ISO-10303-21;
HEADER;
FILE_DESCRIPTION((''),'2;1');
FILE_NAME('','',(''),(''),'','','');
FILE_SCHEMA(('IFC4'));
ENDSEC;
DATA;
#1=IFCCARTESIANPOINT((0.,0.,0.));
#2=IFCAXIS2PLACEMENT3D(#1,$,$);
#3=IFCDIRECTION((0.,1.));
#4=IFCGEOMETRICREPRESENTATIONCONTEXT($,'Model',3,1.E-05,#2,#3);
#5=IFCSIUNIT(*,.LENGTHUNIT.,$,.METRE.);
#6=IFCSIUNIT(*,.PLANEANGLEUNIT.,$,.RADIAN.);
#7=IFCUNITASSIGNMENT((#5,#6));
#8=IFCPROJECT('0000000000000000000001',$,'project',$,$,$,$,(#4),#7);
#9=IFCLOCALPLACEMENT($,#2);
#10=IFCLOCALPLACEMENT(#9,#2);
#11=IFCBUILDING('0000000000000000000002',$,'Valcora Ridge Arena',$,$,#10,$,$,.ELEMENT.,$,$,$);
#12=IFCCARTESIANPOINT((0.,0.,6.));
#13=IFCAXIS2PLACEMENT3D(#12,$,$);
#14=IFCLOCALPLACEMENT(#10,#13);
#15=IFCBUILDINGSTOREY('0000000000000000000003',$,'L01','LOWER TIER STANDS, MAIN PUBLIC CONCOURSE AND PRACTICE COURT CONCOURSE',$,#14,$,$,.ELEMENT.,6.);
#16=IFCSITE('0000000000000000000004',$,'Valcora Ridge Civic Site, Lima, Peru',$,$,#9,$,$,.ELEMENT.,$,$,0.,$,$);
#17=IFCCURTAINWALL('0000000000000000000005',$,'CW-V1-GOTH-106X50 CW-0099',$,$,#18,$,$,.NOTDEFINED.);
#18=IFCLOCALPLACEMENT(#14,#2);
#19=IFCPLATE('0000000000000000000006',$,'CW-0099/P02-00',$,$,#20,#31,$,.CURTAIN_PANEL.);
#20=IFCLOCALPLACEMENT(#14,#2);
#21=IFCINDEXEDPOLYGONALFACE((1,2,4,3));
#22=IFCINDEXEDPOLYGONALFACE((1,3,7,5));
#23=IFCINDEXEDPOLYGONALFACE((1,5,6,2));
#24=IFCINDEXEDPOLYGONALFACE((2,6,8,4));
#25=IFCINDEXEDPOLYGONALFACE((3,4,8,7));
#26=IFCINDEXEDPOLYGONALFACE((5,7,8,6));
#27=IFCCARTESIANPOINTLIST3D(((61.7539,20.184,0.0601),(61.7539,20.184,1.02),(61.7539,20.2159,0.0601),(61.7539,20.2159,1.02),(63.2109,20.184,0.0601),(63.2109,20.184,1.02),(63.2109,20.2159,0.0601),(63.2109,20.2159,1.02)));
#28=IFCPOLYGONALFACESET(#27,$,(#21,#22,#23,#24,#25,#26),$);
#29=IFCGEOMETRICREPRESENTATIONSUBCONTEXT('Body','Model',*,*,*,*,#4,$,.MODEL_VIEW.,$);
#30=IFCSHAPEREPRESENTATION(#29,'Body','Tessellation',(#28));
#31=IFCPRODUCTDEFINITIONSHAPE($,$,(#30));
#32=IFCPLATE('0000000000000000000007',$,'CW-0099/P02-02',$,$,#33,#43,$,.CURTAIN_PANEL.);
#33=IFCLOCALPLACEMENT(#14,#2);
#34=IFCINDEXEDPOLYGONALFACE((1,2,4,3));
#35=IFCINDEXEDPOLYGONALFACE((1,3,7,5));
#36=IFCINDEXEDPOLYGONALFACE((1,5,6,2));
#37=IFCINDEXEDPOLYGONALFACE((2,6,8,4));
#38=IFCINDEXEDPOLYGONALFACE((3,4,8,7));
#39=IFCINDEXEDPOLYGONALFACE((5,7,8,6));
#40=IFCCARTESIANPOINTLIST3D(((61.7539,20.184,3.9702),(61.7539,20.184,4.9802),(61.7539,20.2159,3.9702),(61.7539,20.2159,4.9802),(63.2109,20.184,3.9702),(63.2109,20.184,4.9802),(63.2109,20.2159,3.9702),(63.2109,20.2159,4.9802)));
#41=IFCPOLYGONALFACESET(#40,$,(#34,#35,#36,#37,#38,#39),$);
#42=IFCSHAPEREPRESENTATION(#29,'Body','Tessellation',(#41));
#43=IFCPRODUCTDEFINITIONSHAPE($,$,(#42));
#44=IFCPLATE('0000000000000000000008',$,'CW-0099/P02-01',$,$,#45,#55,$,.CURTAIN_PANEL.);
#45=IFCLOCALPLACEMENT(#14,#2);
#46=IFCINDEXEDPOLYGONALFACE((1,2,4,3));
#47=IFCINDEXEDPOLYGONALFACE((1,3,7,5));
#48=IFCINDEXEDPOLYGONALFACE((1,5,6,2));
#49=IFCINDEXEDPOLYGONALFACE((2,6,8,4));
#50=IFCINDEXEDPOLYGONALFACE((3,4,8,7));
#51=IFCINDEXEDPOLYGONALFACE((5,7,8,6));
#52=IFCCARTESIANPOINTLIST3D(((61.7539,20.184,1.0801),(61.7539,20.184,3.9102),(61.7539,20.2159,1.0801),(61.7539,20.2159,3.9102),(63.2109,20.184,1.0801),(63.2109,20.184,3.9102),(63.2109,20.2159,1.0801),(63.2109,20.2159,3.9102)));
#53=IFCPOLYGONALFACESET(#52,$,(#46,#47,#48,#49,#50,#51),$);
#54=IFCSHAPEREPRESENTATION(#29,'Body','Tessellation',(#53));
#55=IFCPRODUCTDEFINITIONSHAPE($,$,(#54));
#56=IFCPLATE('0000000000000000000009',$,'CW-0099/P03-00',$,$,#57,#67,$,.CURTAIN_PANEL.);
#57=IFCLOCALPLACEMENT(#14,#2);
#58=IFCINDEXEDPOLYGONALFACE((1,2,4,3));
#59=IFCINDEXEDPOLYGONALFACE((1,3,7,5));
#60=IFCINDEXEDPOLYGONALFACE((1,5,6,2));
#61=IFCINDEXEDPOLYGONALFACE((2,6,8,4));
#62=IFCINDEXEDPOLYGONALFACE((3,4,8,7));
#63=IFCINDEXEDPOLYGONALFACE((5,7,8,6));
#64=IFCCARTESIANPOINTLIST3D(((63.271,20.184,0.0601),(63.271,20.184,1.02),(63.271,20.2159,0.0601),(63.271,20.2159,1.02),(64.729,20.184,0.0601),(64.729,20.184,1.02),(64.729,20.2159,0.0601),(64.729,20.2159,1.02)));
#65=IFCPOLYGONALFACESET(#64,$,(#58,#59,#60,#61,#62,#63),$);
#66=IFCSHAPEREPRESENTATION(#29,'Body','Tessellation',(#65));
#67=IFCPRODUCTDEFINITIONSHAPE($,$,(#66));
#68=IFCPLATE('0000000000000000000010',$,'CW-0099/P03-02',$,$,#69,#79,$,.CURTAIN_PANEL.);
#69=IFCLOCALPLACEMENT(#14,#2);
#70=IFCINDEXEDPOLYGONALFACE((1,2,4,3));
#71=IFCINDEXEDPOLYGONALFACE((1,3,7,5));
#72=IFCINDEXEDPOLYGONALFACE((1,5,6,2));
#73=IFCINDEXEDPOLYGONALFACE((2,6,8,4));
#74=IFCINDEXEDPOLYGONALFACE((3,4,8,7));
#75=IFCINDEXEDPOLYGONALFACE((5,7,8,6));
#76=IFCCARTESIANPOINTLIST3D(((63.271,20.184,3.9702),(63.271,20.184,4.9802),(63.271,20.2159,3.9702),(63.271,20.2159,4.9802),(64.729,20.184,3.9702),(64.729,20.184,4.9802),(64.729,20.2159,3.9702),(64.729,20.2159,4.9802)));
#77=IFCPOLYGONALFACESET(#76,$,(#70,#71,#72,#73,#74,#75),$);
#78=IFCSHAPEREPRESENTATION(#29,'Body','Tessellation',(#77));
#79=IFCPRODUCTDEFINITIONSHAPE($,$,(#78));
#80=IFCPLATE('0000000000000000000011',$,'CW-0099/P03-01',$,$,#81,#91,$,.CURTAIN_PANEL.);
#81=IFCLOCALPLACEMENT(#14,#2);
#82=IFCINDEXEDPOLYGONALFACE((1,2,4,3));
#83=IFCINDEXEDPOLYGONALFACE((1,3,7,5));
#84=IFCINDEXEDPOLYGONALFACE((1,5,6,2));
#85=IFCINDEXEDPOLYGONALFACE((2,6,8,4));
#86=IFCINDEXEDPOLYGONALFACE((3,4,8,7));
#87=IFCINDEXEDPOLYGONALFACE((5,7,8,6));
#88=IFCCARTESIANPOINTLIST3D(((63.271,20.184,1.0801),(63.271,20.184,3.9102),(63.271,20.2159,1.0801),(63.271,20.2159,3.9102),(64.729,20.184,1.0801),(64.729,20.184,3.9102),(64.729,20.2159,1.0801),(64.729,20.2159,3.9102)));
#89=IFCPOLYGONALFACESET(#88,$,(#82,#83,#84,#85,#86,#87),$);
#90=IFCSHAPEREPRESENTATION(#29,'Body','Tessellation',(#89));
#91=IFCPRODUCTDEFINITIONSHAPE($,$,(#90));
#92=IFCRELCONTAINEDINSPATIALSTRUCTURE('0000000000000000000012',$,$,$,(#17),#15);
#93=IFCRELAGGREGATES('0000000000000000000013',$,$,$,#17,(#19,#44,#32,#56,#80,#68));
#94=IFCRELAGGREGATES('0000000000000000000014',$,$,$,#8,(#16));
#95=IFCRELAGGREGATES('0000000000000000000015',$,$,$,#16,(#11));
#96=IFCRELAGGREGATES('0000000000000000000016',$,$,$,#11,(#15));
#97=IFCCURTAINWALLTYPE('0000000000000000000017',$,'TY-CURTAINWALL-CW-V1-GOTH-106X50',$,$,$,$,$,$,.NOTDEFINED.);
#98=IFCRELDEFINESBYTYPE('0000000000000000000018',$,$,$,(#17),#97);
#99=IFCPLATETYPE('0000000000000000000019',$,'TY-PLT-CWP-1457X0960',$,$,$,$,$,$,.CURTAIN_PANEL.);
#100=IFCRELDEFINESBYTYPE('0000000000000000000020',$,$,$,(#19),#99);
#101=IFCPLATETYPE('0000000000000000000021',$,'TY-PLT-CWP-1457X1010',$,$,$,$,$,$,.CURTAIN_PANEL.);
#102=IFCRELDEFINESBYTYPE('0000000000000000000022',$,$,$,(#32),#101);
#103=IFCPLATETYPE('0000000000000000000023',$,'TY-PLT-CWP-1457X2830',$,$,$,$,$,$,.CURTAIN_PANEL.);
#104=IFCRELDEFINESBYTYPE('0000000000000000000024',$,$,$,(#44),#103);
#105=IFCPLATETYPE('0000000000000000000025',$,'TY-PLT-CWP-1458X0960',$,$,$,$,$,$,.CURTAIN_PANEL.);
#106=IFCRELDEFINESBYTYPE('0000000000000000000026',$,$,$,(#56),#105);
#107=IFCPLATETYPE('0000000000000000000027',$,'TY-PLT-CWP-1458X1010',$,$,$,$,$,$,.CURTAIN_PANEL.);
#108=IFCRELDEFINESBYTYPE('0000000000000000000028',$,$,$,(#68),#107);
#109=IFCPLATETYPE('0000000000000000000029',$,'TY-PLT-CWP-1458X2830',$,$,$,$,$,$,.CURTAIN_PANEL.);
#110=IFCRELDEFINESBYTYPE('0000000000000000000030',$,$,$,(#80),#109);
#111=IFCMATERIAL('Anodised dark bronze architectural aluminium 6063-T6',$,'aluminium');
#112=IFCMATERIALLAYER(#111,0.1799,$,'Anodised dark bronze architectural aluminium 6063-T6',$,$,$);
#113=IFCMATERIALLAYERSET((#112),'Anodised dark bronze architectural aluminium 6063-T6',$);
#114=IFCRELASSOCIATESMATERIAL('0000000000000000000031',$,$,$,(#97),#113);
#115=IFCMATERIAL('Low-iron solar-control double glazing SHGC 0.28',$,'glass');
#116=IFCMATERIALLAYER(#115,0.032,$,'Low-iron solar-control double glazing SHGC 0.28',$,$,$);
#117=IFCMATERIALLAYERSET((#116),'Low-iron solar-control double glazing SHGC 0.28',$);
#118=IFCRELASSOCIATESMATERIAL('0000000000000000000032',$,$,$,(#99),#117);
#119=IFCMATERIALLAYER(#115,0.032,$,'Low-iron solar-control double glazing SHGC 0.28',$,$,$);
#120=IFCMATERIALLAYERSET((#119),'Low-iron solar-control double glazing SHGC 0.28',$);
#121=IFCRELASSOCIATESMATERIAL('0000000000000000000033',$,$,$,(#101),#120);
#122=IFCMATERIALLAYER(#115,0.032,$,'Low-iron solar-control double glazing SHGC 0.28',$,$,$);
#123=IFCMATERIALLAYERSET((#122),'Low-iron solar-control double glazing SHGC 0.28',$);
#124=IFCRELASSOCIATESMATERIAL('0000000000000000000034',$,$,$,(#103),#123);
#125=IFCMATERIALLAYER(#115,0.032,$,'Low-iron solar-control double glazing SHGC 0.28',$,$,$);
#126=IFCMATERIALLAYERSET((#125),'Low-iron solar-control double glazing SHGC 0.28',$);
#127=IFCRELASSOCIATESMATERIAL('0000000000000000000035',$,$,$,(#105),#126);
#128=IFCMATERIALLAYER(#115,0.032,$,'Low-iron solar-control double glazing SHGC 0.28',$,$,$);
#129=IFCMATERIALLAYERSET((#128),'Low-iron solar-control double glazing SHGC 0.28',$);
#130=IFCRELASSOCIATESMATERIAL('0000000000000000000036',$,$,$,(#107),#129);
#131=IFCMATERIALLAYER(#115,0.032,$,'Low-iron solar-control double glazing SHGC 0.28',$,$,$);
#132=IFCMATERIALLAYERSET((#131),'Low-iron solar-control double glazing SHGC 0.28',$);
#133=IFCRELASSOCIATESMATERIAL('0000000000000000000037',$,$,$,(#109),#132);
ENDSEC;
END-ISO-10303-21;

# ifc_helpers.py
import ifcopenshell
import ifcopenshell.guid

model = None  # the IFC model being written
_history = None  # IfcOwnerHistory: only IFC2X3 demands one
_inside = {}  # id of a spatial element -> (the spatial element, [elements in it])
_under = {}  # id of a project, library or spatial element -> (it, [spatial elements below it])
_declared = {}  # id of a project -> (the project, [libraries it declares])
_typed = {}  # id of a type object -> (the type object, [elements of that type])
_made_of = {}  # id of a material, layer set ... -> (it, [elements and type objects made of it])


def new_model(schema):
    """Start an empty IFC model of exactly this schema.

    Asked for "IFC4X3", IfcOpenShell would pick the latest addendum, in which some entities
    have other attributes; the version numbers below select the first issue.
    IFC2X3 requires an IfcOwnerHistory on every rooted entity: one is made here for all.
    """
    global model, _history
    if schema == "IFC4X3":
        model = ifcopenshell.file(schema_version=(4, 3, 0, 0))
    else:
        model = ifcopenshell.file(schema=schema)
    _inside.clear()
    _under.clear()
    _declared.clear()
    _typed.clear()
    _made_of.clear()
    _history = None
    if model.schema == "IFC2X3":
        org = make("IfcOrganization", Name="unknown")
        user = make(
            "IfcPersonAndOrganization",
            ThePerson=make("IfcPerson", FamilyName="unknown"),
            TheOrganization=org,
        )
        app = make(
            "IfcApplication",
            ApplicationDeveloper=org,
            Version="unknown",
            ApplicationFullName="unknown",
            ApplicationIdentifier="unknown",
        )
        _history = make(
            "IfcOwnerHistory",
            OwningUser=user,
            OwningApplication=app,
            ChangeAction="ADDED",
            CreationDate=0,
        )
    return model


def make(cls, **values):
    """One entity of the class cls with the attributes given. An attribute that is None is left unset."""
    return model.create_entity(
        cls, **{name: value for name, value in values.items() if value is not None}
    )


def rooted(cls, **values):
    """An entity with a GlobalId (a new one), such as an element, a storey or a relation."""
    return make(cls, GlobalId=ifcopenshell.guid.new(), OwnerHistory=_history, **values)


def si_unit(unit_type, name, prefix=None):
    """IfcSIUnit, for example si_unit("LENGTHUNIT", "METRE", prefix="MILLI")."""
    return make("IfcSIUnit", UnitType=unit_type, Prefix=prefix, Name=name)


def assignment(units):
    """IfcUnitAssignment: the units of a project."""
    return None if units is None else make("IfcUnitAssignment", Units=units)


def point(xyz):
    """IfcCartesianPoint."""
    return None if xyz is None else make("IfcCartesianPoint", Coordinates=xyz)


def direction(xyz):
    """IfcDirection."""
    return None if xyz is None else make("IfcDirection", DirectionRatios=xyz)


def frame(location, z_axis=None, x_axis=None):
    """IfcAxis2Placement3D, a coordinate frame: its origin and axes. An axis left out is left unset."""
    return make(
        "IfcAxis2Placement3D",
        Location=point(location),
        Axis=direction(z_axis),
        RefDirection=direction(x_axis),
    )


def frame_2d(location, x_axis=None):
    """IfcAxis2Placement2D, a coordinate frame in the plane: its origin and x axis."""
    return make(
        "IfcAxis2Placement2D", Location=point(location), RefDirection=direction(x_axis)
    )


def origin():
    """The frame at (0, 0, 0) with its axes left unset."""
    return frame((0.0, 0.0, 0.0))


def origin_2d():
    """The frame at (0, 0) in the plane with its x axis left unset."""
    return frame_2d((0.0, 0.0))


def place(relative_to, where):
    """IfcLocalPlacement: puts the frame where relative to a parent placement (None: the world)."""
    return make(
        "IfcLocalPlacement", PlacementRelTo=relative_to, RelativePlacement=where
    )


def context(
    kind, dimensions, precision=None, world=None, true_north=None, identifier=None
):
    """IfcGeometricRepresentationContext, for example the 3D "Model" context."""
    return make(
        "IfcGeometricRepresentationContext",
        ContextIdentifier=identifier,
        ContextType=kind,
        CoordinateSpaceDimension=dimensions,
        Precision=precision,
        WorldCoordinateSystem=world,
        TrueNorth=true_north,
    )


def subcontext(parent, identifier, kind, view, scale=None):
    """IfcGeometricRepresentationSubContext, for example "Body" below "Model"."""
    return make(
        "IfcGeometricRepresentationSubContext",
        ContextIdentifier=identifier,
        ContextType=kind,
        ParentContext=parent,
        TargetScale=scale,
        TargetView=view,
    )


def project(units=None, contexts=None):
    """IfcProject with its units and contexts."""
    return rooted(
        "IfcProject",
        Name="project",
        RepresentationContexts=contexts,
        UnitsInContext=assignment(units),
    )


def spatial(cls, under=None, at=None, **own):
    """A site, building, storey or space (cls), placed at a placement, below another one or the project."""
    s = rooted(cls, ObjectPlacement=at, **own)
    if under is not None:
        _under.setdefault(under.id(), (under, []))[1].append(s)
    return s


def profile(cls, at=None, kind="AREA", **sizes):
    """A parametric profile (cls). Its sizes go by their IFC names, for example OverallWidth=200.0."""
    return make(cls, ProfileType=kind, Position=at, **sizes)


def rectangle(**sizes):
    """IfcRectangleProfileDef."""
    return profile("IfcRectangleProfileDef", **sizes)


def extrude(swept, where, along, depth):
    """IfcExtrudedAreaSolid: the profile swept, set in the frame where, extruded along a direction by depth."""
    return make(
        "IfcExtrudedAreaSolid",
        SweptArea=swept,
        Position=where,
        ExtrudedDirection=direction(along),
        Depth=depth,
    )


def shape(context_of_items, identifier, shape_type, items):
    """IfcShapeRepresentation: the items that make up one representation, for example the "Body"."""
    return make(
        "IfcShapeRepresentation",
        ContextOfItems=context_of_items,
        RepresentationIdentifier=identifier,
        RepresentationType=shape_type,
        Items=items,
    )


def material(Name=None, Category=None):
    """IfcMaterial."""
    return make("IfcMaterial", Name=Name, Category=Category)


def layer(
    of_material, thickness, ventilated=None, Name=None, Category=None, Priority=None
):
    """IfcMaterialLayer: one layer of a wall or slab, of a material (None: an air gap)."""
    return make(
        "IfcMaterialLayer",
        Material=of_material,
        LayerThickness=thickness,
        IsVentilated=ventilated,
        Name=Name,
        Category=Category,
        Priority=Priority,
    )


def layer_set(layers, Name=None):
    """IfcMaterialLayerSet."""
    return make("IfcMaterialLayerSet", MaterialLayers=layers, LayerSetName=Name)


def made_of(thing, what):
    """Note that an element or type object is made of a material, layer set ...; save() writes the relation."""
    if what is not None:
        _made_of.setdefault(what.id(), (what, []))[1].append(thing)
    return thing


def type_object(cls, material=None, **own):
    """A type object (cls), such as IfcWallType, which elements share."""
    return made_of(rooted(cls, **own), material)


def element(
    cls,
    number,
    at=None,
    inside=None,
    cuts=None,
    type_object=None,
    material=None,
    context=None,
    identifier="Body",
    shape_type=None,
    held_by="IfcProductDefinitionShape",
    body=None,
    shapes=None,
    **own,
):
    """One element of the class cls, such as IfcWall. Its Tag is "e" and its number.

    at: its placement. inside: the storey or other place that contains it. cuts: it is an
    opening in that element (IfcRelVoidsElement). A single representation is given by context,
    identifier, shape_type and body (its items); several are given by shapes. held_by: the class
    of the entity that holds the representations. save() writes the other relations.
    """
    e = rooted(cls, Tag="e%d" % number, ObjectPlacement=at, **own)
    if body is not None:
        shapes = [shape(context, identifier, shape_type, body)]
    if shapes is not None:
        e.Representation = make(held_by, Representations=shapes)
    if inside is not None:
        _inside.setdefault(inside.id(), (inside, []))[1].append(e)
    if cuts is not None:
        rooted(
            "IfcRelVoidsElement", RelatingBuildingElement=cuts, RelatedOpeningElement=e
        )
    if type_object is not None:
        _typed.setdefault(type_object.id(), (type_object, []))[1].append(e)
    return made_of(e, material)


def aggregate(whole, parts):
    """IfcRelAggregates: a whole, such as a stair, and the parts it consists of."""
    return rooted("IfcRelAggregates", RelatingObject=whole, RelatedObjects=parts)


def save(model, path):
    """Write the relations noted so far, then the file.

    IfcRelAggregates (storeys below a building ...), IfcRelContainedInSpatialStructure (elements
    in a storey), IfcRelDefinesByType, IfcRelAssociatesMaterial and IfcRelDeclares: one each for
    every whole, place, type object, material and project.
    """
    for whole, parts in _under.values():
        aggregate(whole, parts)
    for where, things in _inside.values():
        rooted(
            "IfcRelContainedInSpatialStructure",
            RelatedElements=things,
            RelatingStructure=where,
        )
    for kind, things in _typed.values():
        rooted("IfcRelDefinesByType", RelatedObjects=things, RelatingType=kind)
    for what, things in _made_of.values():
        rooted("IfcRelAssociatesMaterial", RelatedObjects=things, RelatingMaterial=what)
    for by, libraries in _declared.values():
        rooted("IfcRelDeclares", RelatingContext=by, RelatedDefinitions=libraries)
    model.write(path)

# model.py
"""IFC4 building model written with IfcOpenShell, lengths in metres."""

from ifc_helpers import new_model, si_unit, direction, frame, origin, origin_2d, place, context, subcontext, project, spatial, rectangle, extrude, material, layer, layer_set, type_object, element, aggregate, save


model = new_model("IFC4")

# Units and contexts
model_context = context("Model", 3, precision=1e-05, world=origin(), true_north=direction((0.0, 1.0)))
body_context = subcontext(model_context, "Body", "Model", "MODEL_VIEW")
ifc_project = project(units=[si_unit("LENGTHUNIT", "METRE"), si_unit("PLANEANGLEUNIT", "RADIAN")], contexts=[model_context])

# Site, building, storey
site_placement = place(None, origin())
site = spatial("IfcSite", under=ifc_project, at=site_placement, Name="Valcora Ridge Civic Site, Lima, Peru", CompositionType="ELEMENT", RefElevation=0.0)
building_placement = place(site_placement, origin())
building = spatial("IfcBuilding", under=site, at=building_placement, Name="Valcora Ridge Arena", CompositionType="ELEMENT")
storey_placement = place(building_placement, frame((0.0, 0.0, 6.0)))
storey = spatial("IfcBuildingStorey", under=building, at=storey_placement, Name="L01", Description="LOWER TIER STANDS, MAIN PUBLIC CONCOURSE AND PRACTICE COURT CONCOURSE", CompositionType="ELEMENT", Elevation=6.0)

# Curtain wall, plates
ifc_material_1 = material(Name="Anodised dark bronze architectural aluminium 6063-T6", Category="aluminium")
ifc_layer_1 = layer(ifc_material_1, 0.1799, Name="Anodised dark bronze architectural aluminium 6063-T6")
ifc_layer_set_1 = layer_set([ifc_layer_1], Name="Anodised dark bronze architectural aluminium 6063-T6")
curtain_wall_type = type_object("IfcCurtainWallType", Name="TY-CURTAINWALL-CW-V1-GOTH-106X50", PredefinedType="NOTDEFINED", material=ifc_layer_set_1)
curtain_wall_placement = place(storey_placement, origin())
curtain_wall = element("IfcCurtainWall", 1, at=curtain_wall_placement, inside=storey, type_object=curtain_wall_type, Name="CW-V1-GOTH-106X50 CW-0099", PredefinedType="NOTDEFINED")
ifc_material_2 = material(Name="Low-iron solar-control double glazing SHGC 0.28", Category="glass")
ifc_layer_2 = layer(ifc_material_2, 0.032, Name="Low-iron solar-control double glazing SHGC 0.28")
ifc_layer_set_2 = layer_set([ifc_layer_2], Name="Low-iron solar-control double glazing SHGC 0.28")
plate_type_1 = type_object("IfcPlateType", Name="TY-PLT-CWP-1457X0960", PredefinedType="CURTAIN_PANEL", material=ifc_layer_set_2)
plate_1_placement = place(storey_placement, frame((62.4824, 20.2, 0.0601), z_axis=(0.0, 0.0, 1.0), x_axis=(1.0, 0.0, 0.0)))
plate_1 = element("IfcPlate", 2, at=plate_1_placement, type_object=plate_type_1, Name="CW-0099/P02-00", PredefinedType="CURTAIN_PANEL", context=body_context, shape_type="SweptSolid", body=[
    extrude(rectangle(XDim=1.457, YDim=0.032, at=origin_2d()), origin(), (0.0, 0.0, 1.0), 0.96),
])
ifc_layer_3 = layer(ifc_material_2, 0.032, Name="Low-iron solar-control double glazing SHGC 0.28")
ifc_layer_set_3 = layer_set([ifc_layer_3], Name="Low-iron solar-control double glazing SHGC 0.28")
plate_type_2 = type_object("IfcPlateType", Name="TY-PLT-CWP-1457X1010", PredefinedType="CURTAIN_PANEL", material=ifc_layer_set_3)
plate_2_placement = place(storey_placement, frame((62.4824, 20.2, 3.9702), z_axis=(0.0, 0.0, 1.0), x_axis=(1.0, 0.0, 0.0)))
plate_2 = element("IfcPlate", 3, at=plate_2_placement, type_object=plate_type_2, Name="CW-0099/P02-02", PredefinedType="CURTAIN_PANEL", context=body_context, shape_type="SweptSolid", body=[
    extrude(rectangle(XDim=1.457, YDim=0.032, at=origin_2d()), origin(), (0.0, 0.0, 1.0), 1.01),
])
ifc_layer_4 = layer(ifc_material_2, 0.032, Name="Low-iron solar-control double glazing SHGC 0.28")
ifc_layer_set_4 = layer_set([ifc_layer_4], Name="Low-iron solar-control double glazing SHGC 0.28")
plate_type_3 = type_object("IfcPlateType", Name="TY-PLT-CWP-1457X2830", PredefinedType="CURTAIN_PANEL", material=ifc_layer_set_4)
plate_3_placement = place(storey_placement, frame((62.4824, 20.2, 1.0801), z_axis=(0.0, 0.0, 1.0), x_axis=(1.0, 0.0, 0.0)))
plate_3 = element("IfcPlate", 4, at=plate_3_placement, type_object=plate_type_3, Name="CW-0099/P02-01", PredefinedType="CURTAIN_PANEL", context=body_context, shape_type="SweptSolid", body=[
    extrude(rectangle(XDim=1.457, YDim=0.032, at=origin_2d()), origin(), (0.0, 0.0, 1.0), 2.8301),
])
ifc_layer_5 = layer(ifc_material_2, 0.032, Name="Low-iron solar-control double glazing SHGC 0.28")
ifc_layer_set_5 = layer_set([ifc_layer_5], Name="Low-iron solar-control double glazing SHGC 0.28")
plate_type_4 = type_object("IfcPlateType", Name="TY-PLT-CWP-1458X0960", PredefinedType="CURTAIN_PANEL", material=ifc_layer_set_5)
plate_4_placement = place(storey_placement, frame((64.0, 20.2, 0.0601), z_axis=(0.0, 0.0, 1.0), x_axis=(1.0, 0.0, 0.0)))
plate_4 = element("IfcPlate", 5, at=plate_4_placement, type_object=plate_type_4, Name="CW-0099/P03-00", PredefinedType="CURTAIN_PANEL", context=body_context, shape_type="SweptSolid", body=[
    extrude(rectangle(XDim=1.458, YDim=0.032, at=origin_2d()), origin(), (0.0, 0.0, 1.0), 0.96),
])
ifc_layer_6 = layer(ifc_material_2, 0.032, Name="Low-iron solar-control double glazing SHGC 0.28")
ifc_layer_set_6 = layer_set([ifc_layer_6], Name="Low-iron solar-control double glazing SHGC 0.28")
plate_type_5 = type_object("IfcPlateType", Name="TY-PLT-CWP-1458X1010", PredefinedType="CURTAIN_PANEL", material=ifc_layer_set_6)
plate_5_placement = place(storey_placement, frame((64.0, 20.2, 3.9702), z_axis=(0.0, 0.0, 1.0), x_axis=(1.0, 0.0, 0.0)))
plate_5 = element("IfcPlate", 6, at=plate_5_placement, type_object=plate_type_5, Name="CW-0099/P03-02", PredefinedType="CURTAIN_PANEL", context=body_context, shape_type="SweptSolid", body=[
    extrude(rectangle(XDim=1.458, YDim=0.032, at=origin_2d()), origin(), (0.0, 0.0, 1.0), 1.01),
])
ifc_layer_7 = layer(ifc_material_2, 0.032, Name="Low-iron solar-control double glazing SHGC 0.28")
ifc_layer_set_7 = layer_set([ifc_layer_7], Name="Low-iron solar-control double glazing SHGC 0.28")
plate_type_6 = type_object("IfcPlateType", Name="TY-PLT-CWP-1458X2830", PredefinedType="CURTAIN_PANEL", material=ifc_layer_set_7)
plate_6_placement = place(storey_placement, frame((64.0, 20.2, 1.0801), z_axis=(0.0, 0.0, 1.0), x_axis=(1.0, 0.0, 0.0)))
plate_6 = element("IfcPlate", 7, at=plate_6_placement, type_object=plate_type_6, Name="CW-0099/P03-01", PredefinedType="CURTAIN_PANEL", context=body_context, shape_type="SweptSolid", body=[
    extrude(rectangle(XDim=1.458, YDim=0.032, at=origin_2d()), origin(), (0.0, 0.0, 1.0), 2.8301),
])
aggregate(curtain_wall, [plate_1, plate_3, plate_2, plate_4, plate_6, plate_5])

save(model, "model.ifc")
